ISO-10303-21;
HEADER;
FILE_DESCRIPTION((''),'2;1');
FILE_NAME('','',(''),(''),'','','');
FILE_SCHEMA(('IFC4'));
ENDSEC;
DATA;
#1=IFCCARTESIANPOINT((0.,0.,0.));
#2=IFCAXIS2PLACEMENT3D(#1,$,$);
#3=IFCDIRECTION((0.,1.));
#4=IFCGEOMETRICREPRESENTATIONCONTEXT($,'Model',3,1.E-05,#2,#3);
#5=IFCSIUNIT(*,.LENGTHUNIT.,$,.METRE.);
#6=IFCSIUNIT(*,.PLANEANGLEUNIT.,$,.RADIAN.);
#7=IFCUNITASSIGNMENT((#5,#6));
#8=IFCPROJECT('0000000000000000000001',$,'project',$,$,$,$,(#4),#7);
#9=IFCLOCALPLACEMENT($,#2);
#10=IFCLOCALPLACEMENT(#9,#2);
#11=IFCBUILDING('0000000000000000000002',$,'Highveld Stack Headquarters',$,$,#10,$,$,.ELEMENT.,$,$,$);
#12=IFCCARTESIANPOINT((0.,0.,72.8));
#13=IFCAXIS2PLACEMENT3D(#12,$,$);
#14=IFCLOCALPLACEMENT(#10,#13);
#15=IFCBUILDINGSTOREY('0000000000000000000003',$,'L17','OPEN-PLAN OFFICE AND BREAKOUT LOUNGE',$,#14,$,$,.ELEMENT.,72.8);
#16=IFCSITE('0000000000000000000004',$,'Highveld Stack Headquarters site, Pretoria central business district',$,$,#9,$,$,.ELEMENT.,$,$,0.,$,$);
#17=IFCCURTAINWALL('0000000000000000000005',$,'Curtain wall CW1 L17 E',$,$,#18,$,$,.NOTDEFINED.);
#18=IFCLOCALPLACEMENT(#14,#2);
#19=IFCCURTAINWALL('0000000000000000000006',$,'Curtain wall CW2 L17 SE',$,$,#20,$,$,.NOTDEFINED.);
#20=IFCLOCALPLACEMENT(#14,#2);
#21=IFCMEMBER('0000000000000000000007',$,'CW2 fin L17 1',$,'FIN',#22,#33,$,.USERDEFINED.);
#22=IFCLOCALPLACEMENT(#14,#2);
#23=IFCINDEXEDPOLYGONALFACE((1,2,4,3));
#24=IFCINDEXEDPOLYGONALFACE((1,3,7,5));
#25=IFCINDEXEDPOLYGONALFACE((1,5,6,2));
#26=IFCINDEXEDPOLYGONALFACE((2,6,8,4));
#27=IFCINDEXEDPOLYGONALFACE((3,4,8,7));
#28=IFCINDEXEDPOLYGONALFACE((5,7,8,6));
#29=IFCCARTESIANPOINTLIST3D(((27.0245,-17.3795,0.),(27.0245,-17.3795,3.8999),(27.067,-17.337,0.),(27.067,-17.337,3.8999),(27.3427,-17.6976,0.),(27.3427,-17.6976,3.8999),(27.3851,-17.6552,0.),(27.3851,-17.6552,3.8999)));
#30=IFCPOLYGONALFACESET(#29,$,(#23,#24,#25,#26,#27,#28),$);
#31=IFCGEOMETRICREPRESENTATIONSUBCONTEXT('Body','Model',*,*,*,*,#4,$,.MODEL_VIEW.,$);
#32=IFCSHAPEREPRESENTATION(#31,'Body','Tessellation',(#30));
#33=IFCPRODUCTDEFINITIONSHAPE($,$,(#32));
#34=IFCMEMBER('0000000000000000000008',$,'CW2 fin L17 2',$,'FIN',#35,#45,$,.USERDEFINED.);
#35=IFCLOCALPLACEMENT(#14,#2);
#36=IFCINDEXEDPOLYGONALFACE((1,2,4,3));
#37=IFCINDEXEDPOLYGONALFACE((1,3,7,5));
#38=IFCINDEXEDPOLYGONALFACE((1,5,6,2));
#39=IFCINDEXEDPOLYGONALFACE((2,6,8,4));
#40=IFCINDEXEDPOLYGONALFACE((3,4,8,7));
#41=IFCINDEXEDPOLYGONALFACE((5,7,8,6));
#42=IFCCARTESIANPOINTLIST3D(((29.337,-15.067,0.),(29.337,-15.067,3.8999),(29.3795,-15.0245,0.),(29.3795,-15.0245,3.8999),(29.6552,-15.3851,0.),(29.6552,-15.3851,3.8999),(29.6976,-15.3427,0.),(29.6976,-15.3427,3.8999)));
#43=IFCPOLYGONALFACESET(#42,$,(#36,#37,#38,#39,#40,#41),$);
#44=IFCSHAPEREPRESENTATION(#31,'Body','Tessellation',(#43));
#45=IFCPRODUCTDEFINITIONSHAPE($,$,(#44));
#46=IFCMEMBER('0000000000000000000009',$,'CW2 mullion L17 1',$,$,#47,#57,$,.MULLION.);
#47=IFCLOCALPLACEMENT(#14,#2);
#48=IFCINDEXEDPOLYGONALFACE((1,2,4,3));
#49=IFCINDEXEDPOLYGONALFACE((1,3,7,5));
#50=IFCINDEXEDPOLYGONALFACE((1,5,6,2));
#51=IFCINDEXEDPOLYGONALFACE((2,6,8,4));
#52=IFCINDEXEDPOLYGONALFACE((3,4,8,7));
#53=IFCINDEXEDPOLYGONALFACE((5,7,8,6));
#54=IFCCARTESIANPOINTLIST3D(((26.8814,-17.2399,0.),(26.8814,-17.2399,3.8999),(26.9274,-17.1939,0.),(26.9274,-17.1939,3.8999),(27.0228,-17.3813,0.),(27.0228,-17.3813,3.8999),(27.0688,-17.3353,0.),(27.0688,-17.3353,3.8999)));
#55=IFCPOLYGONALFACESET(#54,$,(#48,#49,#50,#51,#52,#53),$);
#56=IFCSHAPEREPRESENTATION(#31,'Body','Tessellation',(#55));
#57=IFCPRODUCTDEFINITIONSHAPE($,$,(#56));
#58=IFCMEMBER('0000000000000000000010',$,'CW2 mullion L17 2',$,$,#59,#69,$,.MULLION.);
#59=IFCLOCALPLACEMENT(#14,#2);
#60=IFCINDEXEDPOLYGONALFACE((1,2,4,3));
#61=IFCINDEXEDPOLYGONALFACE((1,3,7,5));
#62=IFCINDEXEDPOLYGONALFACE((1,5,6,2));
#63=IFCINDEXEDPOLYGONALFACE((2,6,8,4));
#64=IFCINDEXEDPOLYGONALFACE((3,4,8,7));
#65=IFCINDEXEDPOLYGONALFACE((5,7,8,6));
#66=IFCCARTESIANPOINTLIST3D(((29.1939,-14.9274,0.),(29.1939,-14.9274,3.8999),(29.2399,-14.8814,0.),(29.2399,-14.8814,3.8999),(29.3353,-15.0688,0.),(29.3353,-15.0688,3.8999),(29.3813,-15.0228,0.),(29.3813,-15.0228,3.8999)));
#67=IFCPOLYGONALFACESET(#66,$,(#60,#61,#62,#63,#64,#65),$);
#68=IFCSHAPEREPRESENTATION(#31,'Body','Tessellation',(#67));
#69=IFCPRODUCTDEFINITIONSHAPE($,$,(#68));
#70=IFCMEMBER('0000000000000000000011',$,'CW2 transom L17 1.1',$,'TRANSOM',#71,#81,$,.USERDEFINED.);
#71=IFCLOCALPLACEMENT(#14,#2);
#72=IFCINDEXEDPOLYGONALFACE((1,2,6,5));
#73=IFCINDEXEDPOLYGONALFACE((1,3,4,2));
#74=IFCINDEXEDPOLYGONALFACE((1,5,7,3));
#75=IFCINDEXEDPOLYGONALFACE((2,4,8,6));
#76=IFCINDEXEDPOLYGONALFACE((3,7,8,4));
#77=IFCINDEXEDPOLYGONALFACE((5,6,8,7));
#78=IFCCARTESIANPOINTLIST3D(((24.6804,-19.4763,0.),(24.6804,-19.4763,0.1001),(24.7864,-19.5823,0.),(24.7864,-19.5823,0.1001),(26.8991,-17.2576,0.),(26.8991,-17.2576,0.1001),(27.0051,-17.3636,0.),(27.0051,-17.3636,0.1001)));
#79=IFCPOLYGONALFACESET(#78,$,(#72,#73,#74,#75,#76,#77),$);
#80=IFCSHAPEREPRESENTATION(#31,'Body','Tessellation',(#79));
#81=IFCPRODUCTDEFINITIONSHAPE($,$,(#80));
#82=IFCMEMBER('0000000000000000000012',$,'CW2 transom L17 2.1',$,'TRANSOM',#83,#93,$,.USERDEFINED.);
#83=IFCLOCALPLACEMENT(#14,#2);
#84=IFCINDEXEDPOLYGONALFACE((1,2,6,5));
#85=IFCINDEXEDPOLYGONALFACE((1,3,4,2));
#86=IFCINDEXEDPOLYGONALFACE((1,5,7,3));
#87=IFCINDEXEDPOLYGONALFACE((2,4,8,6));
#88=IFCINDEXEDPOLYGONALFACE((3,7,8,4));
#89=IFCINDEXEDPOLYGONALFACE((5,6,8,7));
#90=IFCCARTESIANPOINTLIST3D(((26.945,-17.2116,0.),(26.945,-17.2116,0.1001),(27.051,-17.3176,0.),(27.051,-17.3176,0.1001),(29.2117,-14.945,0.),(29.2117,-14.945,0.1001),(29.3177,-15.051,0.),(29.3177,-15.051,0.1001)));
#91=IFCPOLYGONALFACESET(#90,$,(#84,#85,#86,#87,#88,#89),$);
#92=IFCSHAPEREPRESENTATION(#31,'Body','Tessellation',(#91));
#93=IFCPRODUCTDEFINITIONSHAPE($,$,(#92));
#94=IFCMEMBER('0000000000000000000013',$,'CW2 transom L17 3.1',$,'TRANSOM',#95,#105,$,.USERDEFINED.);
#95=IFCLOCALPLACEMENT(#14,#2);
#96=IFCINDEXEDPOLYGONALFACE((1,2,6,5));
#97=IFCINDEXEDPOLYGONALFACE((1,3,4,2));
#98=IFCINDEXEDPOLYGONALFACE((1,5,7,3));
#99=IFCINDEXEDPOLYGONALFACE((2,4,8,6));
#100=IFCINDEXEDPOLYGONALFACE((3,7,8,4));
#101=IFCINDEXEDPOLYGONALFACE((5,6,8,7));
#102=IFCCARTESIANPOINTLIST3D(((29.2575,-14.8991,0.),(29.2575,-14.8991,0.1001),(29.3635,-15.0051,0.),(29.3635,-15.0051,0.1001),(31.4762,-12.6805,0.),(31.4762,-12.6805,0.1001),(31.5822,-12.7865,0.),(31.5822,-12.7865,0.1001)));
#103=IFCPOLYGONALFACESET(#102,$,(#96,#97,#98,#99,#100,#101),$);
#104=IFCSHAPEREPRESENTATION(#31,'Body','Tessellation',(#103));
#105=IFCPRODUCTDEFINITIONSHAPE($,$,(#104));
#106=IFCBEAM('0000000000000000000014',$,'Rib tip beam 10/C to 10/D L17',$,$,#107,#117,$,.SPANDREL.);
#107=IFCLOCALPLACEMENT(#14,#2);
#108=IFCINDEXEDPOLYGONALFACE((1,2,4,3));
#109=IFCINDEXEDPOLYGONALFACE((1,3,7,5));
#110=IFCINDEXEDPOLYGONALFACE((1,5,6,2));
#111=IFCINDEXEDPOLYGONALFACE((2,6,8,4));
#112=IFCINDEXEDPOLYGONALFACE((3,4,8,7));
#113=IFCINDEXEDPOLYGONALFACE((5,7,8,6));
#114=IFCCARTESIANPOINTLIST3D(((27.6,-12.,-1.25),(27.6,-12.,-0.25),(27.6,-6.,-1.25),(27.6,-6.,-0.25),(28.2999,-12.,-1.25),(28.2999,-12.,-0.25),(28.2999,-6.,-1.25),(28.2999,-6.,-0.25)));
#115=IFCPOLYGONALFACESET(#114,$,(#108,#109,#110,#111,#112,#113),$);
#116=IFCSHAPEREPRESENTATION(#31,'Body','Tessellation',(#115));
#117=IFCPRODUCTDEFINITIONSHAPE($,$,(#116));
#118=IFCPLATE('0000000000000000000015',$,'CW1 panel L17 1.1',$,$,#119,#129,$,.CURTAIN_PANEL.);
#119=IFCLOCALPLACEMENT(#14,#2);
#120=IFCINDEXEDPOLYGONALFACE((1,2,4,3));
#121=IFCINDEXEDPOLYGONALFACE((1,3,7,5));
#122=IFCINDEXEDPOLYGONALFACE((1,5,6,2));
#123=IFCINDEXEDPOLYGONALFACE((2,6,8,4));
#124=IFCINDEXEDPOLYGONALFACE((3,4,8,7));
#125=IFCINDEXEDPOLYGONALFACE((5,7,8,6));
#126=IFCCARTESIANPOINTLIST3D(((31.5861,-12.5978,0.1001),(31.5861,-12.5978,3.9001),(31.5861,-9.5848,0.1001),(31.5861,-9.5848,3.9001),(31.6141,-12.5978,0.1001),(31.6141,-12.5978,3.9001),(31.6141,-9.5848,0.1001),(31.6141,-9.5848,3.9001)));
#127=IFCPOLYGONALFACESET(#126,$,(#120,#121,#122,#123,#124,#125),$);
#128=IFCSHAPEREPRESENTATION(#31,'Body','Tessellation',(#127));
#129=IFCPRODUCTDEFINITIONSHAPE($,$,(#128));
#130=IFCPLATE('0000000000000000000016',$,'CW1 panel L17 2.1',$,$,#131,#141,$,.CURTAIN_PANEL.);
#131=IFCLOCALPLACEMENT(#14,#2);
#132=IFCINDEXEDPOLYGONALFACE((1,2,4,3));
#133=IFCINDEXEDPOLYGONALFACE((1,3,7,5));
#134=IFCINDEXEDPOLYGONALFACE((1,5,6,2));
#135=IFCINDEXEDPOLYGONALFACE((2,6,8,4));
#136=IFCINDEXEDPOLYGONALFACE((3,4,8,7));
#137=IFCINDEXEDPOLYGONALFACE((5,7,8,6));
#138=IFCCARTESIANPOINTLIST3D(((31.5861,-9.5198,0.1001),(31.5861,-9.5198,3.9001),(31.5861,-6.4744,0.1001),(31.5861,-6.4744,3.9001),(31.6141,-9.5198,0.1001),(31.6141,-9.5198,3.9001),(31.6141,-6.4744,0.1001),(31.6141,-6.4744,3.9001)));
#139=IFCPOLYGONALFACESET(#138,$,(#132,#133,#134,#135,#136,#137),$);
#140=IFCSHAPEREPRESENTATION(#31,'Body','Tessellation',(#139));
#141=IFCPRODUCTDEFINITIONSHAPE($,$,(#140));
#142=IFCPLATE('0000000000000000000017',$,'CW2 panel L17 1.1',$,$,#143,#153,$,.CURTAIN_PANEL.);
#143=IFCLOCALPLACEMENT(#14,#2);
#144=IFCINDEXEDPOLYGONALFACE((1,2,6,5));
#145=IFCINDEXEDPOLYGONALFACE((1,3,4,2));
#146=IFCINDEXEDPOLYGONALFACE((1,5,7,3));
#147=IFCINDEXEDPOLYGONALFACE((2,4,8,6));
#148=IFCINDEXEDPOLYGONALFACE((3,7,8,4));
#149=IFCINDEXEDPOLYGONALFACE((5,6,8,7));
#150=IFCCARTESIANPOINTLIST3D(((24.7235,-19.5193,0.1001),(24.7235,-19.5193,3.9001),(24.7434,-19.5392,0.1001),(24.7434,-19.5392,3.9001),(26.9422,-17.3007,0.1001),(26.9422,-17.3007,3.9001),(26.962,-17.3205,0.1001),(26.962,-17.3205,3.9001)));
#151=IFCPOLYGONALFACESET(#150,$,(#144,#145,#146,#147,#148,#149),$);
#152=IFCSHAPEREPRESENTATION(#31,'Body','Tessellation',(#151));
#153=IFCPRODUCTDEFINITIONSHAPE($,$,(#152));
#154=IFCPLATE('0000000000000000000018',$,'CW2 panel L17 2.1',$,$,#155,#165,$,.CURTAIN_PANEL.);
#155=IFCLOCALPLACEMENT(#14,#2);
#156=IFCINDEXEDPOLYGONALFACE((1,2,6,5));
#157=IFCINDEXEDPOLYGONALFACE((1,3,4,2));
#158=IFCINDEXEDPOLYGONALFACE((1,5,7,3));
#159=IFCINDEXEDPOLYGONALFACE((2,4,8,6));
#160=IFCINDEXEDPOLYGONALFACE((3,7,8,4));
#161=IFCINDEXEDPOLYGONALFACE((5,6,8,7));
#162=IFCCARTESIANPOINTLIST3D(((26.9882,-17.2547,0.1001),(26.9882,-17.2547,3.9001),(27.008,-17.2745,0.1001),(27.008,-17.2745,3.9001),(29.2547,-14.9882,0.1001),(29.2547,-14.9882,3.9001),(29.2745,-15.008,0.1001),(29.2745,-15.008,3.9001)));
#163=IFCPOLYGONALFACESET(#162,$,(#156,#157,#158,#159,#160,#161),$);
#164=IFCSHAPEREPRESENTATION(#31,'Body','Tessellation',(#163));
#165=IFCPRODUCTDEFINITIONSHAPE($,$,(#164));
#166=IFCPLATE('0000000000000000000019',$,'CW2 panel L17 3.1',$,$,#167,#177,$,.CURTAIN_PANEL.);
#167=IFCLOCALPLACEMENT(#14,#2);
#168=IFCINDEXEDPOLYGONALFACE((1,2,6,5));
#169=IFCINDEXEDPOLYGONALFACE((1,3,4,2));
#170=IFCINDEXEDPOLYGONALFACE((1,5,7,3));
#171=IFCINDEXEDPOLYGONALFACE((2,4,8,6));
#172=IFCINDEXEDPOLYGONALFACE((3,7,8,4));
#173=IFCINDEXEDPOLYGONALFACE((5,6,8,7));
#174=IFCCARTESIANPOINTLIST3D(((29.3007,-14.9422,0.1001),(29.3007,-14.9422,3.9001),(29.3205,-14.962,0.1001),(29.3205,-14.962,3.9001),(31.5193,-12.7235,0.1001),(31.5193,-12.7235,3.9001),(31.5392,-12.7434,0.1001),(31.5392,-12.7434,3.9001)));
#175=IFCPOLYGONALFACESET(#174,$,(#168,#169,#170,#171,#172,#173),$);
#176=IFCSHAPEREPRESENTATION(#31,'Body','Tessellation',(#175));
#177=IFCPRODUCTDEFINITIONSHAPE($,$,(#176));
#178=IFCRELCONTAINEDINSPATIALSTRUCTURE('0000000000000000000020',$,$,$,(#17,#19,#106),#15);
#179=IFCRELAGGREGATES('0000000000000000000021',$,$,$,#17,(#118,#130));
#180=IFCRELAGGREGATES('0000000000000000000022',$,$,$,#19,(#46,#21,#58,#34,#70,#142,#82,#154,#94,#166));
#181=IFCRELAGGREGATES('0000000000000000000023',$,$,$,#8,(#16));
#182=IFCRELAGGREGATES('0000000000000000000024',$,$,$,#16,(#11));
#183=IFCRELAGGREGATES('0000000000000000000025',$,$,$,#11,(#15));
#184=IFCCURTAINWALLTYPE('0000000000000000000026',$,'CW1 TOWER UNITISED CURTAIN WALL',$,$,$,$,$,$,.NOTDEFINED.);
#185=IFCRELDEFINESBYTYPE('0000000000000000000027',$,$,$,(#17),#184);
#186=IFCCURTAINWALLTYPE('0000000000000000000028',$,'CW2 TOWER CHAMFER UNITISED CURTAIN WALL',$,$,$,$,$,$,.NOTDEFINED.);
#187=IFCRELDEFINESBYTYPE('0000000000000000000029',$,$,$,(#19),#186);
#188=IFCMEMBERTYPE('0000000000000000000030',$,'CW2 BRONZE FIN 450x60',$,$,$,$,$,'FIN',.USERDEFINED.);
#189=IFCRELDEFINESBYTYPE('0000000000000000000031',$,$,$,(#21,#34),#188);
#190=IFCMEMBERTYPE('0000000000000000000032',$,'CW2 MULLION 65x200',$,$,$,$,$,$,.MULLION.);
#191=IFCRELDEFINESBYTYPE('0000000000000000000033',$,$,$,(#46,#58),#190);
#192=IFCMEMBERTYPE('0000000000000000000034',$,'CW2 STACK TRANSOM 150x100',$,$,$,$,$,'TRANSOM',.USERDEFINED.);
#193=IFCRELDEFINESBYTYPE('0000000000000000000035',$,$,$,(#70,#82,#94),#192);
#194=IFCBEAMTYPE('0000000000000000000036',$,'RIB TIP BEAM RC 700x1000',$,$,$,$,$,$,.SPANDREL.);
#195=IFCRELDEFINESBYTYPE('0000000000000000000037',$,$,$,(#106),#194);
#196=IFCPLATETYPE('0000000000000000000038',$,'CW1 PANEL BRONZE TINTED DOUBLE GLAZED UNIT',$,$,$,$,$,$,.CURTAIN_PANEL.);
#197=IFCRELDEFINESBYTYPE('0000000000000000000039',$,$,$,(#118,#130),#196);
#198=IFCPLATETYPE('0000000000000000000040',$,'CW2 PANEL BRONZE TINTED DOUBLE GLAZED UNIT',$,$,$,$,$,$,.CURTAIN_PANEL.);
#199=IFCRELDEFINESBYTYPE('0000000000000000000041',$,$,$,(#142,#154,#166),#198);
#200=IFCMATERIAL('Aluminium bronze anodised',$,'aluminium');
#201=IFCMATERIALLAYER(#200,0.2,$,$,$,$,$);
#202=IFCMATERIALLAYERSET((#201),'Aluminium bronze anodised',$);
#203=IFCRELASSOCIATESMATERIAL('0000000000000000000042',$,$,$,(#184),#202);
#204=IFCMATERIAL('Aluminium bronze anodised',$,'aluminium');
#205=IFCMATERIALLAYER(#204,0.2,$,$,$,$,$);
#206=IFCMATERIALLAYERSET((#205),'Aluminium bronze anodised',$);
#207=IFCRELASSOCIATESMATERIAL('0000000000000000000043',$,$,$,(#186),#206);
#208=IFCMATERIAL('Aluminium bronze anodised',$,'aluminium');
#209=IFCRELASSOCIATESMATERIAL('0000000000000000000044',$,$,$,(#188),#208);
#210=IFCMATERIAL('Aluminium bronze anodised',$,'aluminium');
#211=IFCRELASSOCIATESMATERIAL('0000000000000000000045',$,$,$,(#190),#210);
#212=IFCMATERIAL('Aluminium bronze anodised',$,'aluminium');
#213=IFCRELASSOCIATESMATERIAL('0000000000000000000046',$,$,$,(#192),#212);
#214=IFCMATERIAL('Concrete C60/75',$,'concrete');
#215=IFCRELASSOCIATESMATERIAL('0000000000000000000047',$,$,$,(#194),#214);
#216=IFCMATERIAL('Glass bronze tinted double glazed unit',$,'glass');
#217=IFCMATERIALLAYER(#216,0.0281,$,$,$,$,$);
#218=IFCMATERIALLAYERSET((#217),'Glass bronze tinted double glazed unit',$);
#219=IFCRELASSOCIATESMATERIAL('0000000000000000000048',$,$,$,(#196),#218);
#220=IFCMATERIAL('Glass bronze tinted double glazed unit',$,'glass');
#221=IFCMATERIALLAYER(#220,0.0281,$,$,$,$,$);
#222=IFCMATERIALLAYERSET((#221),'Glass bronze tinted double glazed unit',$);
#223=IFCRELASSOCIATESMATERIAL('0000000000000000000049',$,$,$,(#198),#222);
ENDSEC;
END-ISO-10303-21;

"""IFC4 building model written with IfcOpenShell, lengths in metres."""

from ifc_helpers import new_model, si_unit, direction, frame, origin, origin_2d, place, context, subcontext, project, spatial, rectangle, extrude, material, layer, layer_set, material_profile, profile_set, type_object, element, aggregate, save


model = new_model("IFC4")

# Units and contexts
model_context = context("Model", 3, precision=1e-05, world=origin(), true_north=direction((0.0, 1.0)))
body_context = subcontext(model_context, "Body", "Model", "MODEL_VIEW")
ifc_project = project(units=[si_unit("LENGTHUNIT", "METRE"), si_unit("PLANEANGLEUNIT", "RADIAN")], contexts=[model_context])

# Site, building, storey
site_placement = place(None, origin())
site = spatial("IfcSite", under=ifc_project, at=site_placement, Name="Highveld Stack Headquarters site, Pretoria central business district", CompositionType="ELEMENT", RefElevation=0.0)
building_placement = place(site_placement, origin())
building = spatial("IfcBuilding", under=site, at=building_placement, Name="Highveld Stack Headquarters", CompositionType="ELEMENT")
storey_placement = place(building_placement, frame((0.0, 0.0, 72.8)))
storey = spatial("IfcBuildingStorey", under=building, at=storey_placement, Name="L17", Description="OPEN-PLAN OFFICE AND BREAKOUT LOUNGE", CompositionType="ELEMENT", Elevation=72.8)

# Shared definitions
ifc_material_1 = material(Name="Aluminium bronze anodised", Category="aluminium")
ifc_layer_1 = layer(ifc_material_1, 0.2)
ifc_layer_set_1 = layer_set([ifc_layer_1], Name="Aluminium bronze anodised")
curtain_wall_type_1 = type_object("IfcCurtainWallType", Name="CW1 TOWER UNITISED CURTAIN WALL", PredefinedType="NOTDEFINED", material=ifc_layer_set_1)

# Curtain wall
curtain_wall_1_placement = place(storey_placement, origin())
curtain_wall_1 = element("IfcCurtainWall", 1, at=curtain_wall_1_placement, inside=storey, type_object=curtain_wall_type_1, Name="Curtain wall CW1 L17 E", PredefinedType="NOTDEFINED")

# Curtain wall, members
ifc_material_2 = material(Name="Aluminium bronze anodised", Category="aluminium")
ifc_layer_2 = layer(ifc_material_2, 0.2)
ifc_layer_set_2 = layer_set([ifc_layer_2], Name="Aluminium bronze anodised")
curtain_wall_type_2 = type_object("IfcCurtainWallType", Name="CW2 TOWER CHAMFER UNITISED CURTAIN WALL", PredefinedType="NOTDEFINED", material=ifc_layer_set_2)
curtain_wall_2_placement = place(storey_placement, origin())
curtain_wall_2 = element("IfcCurtainWall", 2, at=curtain_wall_2_placement, inside=storey, type_object=curtain_wall_type_2, Name="Curtain wall CW2 L17 SE", PredefinedType="NOTDEFINED")
ifc_material_3 = material(Name="Aluminium bronze anodised", Category="aluminium")
ifc_material_profile_1 = material_profile(ifc_material_3, rectangle(XDim=0.45, YDim=0.0601, at=origin_2d()), Name="FIN 450x60")
ifc_profile_set_1 = profile_set([ifc_material_profile_1], Name="Aluminium bronze anodised")
member_type_1 = type_object("IfcMemberType", Name="CW2 BRONZE FIN 450x60", ElementType="FIN", PredefinedType="USERDEFINED", material=ifc_profile_set_1)
member_1_placement = place(storey_placement, frame((27.2048, -17.5173, 0.0), z_axis=(0.0, 0.0, 1.0), x_axis=(-0.707107, 0.707107, 0.0)))
member_1 = element("IfcMember", 3, at=member_1_placement, type_object=member_type_1, Name="CW2 fin L17 1", ObjectType="FIN", PredefinedType="USERDEFINED", context=body_context, shape_type="SweptSolid", body=[
    extrude(rectangle(XDim=0.45, YDim=0.0601, at=origin_2d()), origin(), (0.0, 0.0, 1.0), 3.8999),
])
member_2_placement = place(storey_placement, frame((29.5173, -15.2048, 0.0), z_axis=(0.0, 0.0, 1.0), x_axis=(-0.707107, 0.707107, 0.0)))
member_2 = element("IfcMember", 4, at=member_2_placement, type_object=member_type_1, Name="CW2 fin L17 2", ObjectType="FIN", PredefinedType="USERDEFINED", context=body_context, shape_type="SweptSolid", body=[
    extrude(rectangle(XDim=0.45, YDim=0.0601, at=origin_2d()), origin(), (0.0, 0.0, 1.0), 3.8999),
])
ifc_material_4 = material(Name="Aluminium bronze anodised", Category="aluminium")
ifc_material_profile_2 = material_profile(ifc_material_4, rectangle(XDim=0.2, YDim=0.0649, at=origin_2d()), Name="CW2 MULLION 65x200")
ifc_profile_set_2 = profile_set([ifc_material_profile_2], Name="Aluminium bronze anodised")
member_type_2 = type_object("IfcMemberType", Name="CW2 MULLION 65x200", PredefinedType="MULLION", material=ifc_profile_set_2)
member_3_placement = place(storey_placement, frame((26.9751, -17.2876, 0.0), z_axis=(0.0, 0.0, 1.0), x_axis=(-0.707107, 0.707107, 0.0)))
member_3 = element("IfcMember", 5, at=member_3_placement, type_object=member_type_2, Name="CW2 mullion L17 1", PredefinedType="MULLION", context=body_context, shape_type="SweptSolid", body=[
    extrude(rectangle(XDim=0.2, YDim=0.0649, at=origin_2d()), origin(), (0.0, 0.0, 1.0), 3.8999),
])
member_4_placement = place(storey_placement, frame((29.2876, -14.9751, 0.0), z_axis=(0.0, 0.0, 1.0), x_axis=(-0.707107, 0.707107, 0.0)))
member_4 = element("IfcMember", 6, at=member_4_placement, type_object=member_type_2, Name="CW2 mullion L17 2", PredefinedType="MULLION", context=body_context, shape_type="SweptSolid", body=[
    extrude(rectangle(XDim=0.2, YDim=0.0649, at=origin_2d()), origin(), (0.0, 0.0, 1.0), 3.8999),
])
ifc_material_5 = material(Name="Aluminium bronze anodised", Category="aluminium")
ifc_material_profile_3 = material_profile(ifc_material_5, rectangle(XDim=0.1499, YDim=0.1001, at=origin_2d()), Name="CW2 TRANSOM 150x100")
ifc_profile_set_3 = profile_set([ifc_material_profile_3], Name="Aluminium bronze anodised")
member_type_3 = type_object("IfcMemberType", Name="CW2 STACK TRANSOM 150x100", ElementType="TRANSOM", PredefinedType="USERDEFINED", material=ifc_profile_set_3)
member_5_placement = place(storey_placement, frame((24.7334, -19.5293, 0.05), z_axis=(0.707107, 0.707107, 0.0), x_axis=(-0.707107, 0.707107, 0.0)))
member_5 = element("IfcMember", 7, at=member_5_placement, type_object=member_type_3, Name="CW2 transom L17 1.1", ObjectType="TRANSOM", PredefinedType="USERDEFINED", context=body_context, shape_type="SweptSolid", body=[
    extrude(rectangle(XDim=0.1499, YDim=0.1001, at=origin_2d()), origin(), (0.0, 0.0, 1.0), 3.1377),
])
member_6_placement = place(storey_placement, frame((26.998, -17.2646, 0.05), z_axis=(0.707107, 0.707107, 0.0), x_axis=(-0.707107, 0.707107, 0.0)))
member_6 = element("IfcMember", 8, at=member_6_placement, type_object=member_type_3, Name="CW2 transom L17 2.1", ObjectType="TRANSOM", PredefinedType="USERDEFINED", context=body_context, shape_type="SweptSolid", body=[
    extrude(rectangle(XDim=0.1499, YDim=0.1001, at=origin_2d()), origin(), (0.0, 0.0, 1.0), 3.2056),
])
member_7_placement = place(storey_placement, frame((29.3105, -14.9521, 0.05), z_axis=(0.707107, 0.707107, 0.0), x_axis=(-0.707107, 0.707107, 0.0)))
member_7 = element("IfcMember", 9, at=member_7_placement, type_object=member_type_3, Name="CW2 transom L17 3.1", ObjectType="TRANSOM", PredefinedType="USERDEFINED", context=body_context, shape_type="SweptSolid", body=[
    extrude(rectangle(XDim=0.1499, YDim=0.1001, at=origin_2d()), origin(), (0.0, 0.0, 1.0), 3.1377),
])

# Beam
ifc_material_6 = material(Name="Concrete C60/75", Category="concrete")
ifc_material_profile_4 = material_profile(ifc_material_6, rectangle(XDim=0.7, YDim=1.0, at=origin_2d()), Name="RC 700x1000")
ifc_profile_set_4 = profile_set([ifc_material_profile_4], Name="Concrete C60/75")
beam_type_1 = type_object("IfcBeamType", Name="RIB TIP BEAM RC 700x1000", PredefinedType="SPANDREL", material=ifc_profile_set_4)
beam_placement = place(storey_placement, frame((27.95, -12.0, -0.75), z_axis=(0.0, 1.0, 0.0), x_axis=(-1.0, 0.0, 0.0)))
element("IfcBeam", 10, at=beam_placement, inside=storey, type_object=beam_type_1, Name="Rib tip beam 10/C to 10/D L17", PredefinedType="SPANDREL", context=body_context, shape_type="SweptSolid", body=[
    extrude(rectangle(XDim=0.7, YDim=1.0, at=origin_2d()), origin(), (0.0, 0.0, 1.0), 6.0),
])

# Plates
ifc_material_7 = material(Name="Glass bronze tinted double glazed unit", Category="glass")
ifc_layer_3 = layer(ifc_material_7, 0.0281)
ifc_layer_set_3 = layer_set([ifc_layer_3], Name="Glass bronze tinted double glazed unit")
plate_type_1 = type_object("IfcPlateType", Name="CW1 PANEL BRONZE TINTED DOUBLE GLAZED UNIT", PredefinedType="CURTAIN_PANEL", material=ifc_layer_set_3)
plate_1_placement = place(storey_placement, frame((31.6001, -11.0913, 0.1001), z_axis=(0.0, 0.0, 1.0), x_axis=(0.0, 1.0, 0.0)))
plate_1 = element("IfcPlate", 11, at=plate_1_placement, type_object=plate_type_1, Name="CW1 panel L17 1.1", PredefinedType="CURTAIN_PANEL", context=body_context, shape_type="SweptSolid", body=[
    extrude(rectangle(XDim=3.0129, YDim=0.0281, at=origin_2d()), origin(), (0.0, 0.0, 1.0), 3.8),
])
plate_2_placement = place(storey_placement, frame((31.6001, -7.9971, 0.1001), z_axis=(0.0, 0.0, 1.0), x_axis=(0.0, 1.0, 0.0)))
plate_2 = element("IfcPlate", 12, at=plate_2_placement, type_object=plate_type_1, Name="CW1 panel L17 2.1", PredefinedType="CURTAIN_PANEL", context=body_context, shape_type="SweptSolid", body=[
    extrude(rectangle(XDim=3.0454, YDim=0.0281, at=origin_2d()), origin(), (0.0, 0.0, 1.0), 3.8),
])
aggregate(curtain_wall_1, [plate_1, plate_2])
ifc_material_8 = material(Name="Glass bronze tinted double glazed unit", Category="glass")
ifc_layer_4 = layer(ifc_material_8, 0.0281)
ifc_layer_set_4 = layer_set([ifc_layer_4], Name="Glass bronze tinted double glazed unit")
plate_type_2 = type_object("IfcPlateType", Name="CW2 PANEL BRONZE TINTED DOUBLE GLAZED UNIT", PredefinedType="CURTAIN_PANEL", material=ifc_layer_set_4)
plate_3_placement = place(storey_placement, frame((25.8428, -18.4199, 0.1001), z_axis=(0.0, 0.0, 1.0), x_axis=(0.707107, 0.707107, 0.0)))
plate_3 = element("IfcPlate", 13, at=plate_3_placement, type_object=plate_type_2, Name="CW2 panel L17 1.1", PredefinedType="CURTAIN_PANEL", context=body_context, shape_type="SweptSolid", body=[
    extrude(rectangle(XDim=3.1377, YDim=0.0281, at=origin_2d()), origin(), (0.0, 0.0, 1.0), 3.8),
])
plate_4_placement = place(storey_placement, frame((28.1313, -16.1313, 0.1001), z_axis=(0.0, 0.0, 1.0), x_axis=(0.707107, 0.707107, 0.0)))
plate_4 = element("IfcPlate", 14, at=plate_4_placement, type_object=plate_type_2, Name="CW2 panel L17 2.1", PredefinedType="CURTAIN_PANEL", context=body_context, shape_type="SweptSolid", body=[
    extrude(rectangle(XDim=3.2053, YDim=0.0281, at=origin_2d()), origin(), (0.0, 0.0, 1.0), 3.8),
])
plate_5_placement = place(storey_placement, frame((30.4199, -13.8428, 0.1001), z_axis=(0.0, 0.0, 1.0), x_axis=(0.707107, 0.707107, 0.0)))
plate_5 = element("IfcPlate", 15, at=plate_5_placement, type_object=plate_type_2, Name="CW2 panel L17 3.1", PredefinedType="CURTAIN_PANEL", context=body_context, shape_type="SweptSolid", body=[
    extrude(rectangle(XDim=3.1377, YDim=0.0281, at=origin_2d()), origin(), (0.0, 0.0, 1.0), 3.8),
])
aggregate(curtain_wall_2, [member_3, member_1, member_4, member_2, member_5, plate_3, member_6, plate_4, member_7, plate_5])

save(model, "model.ifc")
